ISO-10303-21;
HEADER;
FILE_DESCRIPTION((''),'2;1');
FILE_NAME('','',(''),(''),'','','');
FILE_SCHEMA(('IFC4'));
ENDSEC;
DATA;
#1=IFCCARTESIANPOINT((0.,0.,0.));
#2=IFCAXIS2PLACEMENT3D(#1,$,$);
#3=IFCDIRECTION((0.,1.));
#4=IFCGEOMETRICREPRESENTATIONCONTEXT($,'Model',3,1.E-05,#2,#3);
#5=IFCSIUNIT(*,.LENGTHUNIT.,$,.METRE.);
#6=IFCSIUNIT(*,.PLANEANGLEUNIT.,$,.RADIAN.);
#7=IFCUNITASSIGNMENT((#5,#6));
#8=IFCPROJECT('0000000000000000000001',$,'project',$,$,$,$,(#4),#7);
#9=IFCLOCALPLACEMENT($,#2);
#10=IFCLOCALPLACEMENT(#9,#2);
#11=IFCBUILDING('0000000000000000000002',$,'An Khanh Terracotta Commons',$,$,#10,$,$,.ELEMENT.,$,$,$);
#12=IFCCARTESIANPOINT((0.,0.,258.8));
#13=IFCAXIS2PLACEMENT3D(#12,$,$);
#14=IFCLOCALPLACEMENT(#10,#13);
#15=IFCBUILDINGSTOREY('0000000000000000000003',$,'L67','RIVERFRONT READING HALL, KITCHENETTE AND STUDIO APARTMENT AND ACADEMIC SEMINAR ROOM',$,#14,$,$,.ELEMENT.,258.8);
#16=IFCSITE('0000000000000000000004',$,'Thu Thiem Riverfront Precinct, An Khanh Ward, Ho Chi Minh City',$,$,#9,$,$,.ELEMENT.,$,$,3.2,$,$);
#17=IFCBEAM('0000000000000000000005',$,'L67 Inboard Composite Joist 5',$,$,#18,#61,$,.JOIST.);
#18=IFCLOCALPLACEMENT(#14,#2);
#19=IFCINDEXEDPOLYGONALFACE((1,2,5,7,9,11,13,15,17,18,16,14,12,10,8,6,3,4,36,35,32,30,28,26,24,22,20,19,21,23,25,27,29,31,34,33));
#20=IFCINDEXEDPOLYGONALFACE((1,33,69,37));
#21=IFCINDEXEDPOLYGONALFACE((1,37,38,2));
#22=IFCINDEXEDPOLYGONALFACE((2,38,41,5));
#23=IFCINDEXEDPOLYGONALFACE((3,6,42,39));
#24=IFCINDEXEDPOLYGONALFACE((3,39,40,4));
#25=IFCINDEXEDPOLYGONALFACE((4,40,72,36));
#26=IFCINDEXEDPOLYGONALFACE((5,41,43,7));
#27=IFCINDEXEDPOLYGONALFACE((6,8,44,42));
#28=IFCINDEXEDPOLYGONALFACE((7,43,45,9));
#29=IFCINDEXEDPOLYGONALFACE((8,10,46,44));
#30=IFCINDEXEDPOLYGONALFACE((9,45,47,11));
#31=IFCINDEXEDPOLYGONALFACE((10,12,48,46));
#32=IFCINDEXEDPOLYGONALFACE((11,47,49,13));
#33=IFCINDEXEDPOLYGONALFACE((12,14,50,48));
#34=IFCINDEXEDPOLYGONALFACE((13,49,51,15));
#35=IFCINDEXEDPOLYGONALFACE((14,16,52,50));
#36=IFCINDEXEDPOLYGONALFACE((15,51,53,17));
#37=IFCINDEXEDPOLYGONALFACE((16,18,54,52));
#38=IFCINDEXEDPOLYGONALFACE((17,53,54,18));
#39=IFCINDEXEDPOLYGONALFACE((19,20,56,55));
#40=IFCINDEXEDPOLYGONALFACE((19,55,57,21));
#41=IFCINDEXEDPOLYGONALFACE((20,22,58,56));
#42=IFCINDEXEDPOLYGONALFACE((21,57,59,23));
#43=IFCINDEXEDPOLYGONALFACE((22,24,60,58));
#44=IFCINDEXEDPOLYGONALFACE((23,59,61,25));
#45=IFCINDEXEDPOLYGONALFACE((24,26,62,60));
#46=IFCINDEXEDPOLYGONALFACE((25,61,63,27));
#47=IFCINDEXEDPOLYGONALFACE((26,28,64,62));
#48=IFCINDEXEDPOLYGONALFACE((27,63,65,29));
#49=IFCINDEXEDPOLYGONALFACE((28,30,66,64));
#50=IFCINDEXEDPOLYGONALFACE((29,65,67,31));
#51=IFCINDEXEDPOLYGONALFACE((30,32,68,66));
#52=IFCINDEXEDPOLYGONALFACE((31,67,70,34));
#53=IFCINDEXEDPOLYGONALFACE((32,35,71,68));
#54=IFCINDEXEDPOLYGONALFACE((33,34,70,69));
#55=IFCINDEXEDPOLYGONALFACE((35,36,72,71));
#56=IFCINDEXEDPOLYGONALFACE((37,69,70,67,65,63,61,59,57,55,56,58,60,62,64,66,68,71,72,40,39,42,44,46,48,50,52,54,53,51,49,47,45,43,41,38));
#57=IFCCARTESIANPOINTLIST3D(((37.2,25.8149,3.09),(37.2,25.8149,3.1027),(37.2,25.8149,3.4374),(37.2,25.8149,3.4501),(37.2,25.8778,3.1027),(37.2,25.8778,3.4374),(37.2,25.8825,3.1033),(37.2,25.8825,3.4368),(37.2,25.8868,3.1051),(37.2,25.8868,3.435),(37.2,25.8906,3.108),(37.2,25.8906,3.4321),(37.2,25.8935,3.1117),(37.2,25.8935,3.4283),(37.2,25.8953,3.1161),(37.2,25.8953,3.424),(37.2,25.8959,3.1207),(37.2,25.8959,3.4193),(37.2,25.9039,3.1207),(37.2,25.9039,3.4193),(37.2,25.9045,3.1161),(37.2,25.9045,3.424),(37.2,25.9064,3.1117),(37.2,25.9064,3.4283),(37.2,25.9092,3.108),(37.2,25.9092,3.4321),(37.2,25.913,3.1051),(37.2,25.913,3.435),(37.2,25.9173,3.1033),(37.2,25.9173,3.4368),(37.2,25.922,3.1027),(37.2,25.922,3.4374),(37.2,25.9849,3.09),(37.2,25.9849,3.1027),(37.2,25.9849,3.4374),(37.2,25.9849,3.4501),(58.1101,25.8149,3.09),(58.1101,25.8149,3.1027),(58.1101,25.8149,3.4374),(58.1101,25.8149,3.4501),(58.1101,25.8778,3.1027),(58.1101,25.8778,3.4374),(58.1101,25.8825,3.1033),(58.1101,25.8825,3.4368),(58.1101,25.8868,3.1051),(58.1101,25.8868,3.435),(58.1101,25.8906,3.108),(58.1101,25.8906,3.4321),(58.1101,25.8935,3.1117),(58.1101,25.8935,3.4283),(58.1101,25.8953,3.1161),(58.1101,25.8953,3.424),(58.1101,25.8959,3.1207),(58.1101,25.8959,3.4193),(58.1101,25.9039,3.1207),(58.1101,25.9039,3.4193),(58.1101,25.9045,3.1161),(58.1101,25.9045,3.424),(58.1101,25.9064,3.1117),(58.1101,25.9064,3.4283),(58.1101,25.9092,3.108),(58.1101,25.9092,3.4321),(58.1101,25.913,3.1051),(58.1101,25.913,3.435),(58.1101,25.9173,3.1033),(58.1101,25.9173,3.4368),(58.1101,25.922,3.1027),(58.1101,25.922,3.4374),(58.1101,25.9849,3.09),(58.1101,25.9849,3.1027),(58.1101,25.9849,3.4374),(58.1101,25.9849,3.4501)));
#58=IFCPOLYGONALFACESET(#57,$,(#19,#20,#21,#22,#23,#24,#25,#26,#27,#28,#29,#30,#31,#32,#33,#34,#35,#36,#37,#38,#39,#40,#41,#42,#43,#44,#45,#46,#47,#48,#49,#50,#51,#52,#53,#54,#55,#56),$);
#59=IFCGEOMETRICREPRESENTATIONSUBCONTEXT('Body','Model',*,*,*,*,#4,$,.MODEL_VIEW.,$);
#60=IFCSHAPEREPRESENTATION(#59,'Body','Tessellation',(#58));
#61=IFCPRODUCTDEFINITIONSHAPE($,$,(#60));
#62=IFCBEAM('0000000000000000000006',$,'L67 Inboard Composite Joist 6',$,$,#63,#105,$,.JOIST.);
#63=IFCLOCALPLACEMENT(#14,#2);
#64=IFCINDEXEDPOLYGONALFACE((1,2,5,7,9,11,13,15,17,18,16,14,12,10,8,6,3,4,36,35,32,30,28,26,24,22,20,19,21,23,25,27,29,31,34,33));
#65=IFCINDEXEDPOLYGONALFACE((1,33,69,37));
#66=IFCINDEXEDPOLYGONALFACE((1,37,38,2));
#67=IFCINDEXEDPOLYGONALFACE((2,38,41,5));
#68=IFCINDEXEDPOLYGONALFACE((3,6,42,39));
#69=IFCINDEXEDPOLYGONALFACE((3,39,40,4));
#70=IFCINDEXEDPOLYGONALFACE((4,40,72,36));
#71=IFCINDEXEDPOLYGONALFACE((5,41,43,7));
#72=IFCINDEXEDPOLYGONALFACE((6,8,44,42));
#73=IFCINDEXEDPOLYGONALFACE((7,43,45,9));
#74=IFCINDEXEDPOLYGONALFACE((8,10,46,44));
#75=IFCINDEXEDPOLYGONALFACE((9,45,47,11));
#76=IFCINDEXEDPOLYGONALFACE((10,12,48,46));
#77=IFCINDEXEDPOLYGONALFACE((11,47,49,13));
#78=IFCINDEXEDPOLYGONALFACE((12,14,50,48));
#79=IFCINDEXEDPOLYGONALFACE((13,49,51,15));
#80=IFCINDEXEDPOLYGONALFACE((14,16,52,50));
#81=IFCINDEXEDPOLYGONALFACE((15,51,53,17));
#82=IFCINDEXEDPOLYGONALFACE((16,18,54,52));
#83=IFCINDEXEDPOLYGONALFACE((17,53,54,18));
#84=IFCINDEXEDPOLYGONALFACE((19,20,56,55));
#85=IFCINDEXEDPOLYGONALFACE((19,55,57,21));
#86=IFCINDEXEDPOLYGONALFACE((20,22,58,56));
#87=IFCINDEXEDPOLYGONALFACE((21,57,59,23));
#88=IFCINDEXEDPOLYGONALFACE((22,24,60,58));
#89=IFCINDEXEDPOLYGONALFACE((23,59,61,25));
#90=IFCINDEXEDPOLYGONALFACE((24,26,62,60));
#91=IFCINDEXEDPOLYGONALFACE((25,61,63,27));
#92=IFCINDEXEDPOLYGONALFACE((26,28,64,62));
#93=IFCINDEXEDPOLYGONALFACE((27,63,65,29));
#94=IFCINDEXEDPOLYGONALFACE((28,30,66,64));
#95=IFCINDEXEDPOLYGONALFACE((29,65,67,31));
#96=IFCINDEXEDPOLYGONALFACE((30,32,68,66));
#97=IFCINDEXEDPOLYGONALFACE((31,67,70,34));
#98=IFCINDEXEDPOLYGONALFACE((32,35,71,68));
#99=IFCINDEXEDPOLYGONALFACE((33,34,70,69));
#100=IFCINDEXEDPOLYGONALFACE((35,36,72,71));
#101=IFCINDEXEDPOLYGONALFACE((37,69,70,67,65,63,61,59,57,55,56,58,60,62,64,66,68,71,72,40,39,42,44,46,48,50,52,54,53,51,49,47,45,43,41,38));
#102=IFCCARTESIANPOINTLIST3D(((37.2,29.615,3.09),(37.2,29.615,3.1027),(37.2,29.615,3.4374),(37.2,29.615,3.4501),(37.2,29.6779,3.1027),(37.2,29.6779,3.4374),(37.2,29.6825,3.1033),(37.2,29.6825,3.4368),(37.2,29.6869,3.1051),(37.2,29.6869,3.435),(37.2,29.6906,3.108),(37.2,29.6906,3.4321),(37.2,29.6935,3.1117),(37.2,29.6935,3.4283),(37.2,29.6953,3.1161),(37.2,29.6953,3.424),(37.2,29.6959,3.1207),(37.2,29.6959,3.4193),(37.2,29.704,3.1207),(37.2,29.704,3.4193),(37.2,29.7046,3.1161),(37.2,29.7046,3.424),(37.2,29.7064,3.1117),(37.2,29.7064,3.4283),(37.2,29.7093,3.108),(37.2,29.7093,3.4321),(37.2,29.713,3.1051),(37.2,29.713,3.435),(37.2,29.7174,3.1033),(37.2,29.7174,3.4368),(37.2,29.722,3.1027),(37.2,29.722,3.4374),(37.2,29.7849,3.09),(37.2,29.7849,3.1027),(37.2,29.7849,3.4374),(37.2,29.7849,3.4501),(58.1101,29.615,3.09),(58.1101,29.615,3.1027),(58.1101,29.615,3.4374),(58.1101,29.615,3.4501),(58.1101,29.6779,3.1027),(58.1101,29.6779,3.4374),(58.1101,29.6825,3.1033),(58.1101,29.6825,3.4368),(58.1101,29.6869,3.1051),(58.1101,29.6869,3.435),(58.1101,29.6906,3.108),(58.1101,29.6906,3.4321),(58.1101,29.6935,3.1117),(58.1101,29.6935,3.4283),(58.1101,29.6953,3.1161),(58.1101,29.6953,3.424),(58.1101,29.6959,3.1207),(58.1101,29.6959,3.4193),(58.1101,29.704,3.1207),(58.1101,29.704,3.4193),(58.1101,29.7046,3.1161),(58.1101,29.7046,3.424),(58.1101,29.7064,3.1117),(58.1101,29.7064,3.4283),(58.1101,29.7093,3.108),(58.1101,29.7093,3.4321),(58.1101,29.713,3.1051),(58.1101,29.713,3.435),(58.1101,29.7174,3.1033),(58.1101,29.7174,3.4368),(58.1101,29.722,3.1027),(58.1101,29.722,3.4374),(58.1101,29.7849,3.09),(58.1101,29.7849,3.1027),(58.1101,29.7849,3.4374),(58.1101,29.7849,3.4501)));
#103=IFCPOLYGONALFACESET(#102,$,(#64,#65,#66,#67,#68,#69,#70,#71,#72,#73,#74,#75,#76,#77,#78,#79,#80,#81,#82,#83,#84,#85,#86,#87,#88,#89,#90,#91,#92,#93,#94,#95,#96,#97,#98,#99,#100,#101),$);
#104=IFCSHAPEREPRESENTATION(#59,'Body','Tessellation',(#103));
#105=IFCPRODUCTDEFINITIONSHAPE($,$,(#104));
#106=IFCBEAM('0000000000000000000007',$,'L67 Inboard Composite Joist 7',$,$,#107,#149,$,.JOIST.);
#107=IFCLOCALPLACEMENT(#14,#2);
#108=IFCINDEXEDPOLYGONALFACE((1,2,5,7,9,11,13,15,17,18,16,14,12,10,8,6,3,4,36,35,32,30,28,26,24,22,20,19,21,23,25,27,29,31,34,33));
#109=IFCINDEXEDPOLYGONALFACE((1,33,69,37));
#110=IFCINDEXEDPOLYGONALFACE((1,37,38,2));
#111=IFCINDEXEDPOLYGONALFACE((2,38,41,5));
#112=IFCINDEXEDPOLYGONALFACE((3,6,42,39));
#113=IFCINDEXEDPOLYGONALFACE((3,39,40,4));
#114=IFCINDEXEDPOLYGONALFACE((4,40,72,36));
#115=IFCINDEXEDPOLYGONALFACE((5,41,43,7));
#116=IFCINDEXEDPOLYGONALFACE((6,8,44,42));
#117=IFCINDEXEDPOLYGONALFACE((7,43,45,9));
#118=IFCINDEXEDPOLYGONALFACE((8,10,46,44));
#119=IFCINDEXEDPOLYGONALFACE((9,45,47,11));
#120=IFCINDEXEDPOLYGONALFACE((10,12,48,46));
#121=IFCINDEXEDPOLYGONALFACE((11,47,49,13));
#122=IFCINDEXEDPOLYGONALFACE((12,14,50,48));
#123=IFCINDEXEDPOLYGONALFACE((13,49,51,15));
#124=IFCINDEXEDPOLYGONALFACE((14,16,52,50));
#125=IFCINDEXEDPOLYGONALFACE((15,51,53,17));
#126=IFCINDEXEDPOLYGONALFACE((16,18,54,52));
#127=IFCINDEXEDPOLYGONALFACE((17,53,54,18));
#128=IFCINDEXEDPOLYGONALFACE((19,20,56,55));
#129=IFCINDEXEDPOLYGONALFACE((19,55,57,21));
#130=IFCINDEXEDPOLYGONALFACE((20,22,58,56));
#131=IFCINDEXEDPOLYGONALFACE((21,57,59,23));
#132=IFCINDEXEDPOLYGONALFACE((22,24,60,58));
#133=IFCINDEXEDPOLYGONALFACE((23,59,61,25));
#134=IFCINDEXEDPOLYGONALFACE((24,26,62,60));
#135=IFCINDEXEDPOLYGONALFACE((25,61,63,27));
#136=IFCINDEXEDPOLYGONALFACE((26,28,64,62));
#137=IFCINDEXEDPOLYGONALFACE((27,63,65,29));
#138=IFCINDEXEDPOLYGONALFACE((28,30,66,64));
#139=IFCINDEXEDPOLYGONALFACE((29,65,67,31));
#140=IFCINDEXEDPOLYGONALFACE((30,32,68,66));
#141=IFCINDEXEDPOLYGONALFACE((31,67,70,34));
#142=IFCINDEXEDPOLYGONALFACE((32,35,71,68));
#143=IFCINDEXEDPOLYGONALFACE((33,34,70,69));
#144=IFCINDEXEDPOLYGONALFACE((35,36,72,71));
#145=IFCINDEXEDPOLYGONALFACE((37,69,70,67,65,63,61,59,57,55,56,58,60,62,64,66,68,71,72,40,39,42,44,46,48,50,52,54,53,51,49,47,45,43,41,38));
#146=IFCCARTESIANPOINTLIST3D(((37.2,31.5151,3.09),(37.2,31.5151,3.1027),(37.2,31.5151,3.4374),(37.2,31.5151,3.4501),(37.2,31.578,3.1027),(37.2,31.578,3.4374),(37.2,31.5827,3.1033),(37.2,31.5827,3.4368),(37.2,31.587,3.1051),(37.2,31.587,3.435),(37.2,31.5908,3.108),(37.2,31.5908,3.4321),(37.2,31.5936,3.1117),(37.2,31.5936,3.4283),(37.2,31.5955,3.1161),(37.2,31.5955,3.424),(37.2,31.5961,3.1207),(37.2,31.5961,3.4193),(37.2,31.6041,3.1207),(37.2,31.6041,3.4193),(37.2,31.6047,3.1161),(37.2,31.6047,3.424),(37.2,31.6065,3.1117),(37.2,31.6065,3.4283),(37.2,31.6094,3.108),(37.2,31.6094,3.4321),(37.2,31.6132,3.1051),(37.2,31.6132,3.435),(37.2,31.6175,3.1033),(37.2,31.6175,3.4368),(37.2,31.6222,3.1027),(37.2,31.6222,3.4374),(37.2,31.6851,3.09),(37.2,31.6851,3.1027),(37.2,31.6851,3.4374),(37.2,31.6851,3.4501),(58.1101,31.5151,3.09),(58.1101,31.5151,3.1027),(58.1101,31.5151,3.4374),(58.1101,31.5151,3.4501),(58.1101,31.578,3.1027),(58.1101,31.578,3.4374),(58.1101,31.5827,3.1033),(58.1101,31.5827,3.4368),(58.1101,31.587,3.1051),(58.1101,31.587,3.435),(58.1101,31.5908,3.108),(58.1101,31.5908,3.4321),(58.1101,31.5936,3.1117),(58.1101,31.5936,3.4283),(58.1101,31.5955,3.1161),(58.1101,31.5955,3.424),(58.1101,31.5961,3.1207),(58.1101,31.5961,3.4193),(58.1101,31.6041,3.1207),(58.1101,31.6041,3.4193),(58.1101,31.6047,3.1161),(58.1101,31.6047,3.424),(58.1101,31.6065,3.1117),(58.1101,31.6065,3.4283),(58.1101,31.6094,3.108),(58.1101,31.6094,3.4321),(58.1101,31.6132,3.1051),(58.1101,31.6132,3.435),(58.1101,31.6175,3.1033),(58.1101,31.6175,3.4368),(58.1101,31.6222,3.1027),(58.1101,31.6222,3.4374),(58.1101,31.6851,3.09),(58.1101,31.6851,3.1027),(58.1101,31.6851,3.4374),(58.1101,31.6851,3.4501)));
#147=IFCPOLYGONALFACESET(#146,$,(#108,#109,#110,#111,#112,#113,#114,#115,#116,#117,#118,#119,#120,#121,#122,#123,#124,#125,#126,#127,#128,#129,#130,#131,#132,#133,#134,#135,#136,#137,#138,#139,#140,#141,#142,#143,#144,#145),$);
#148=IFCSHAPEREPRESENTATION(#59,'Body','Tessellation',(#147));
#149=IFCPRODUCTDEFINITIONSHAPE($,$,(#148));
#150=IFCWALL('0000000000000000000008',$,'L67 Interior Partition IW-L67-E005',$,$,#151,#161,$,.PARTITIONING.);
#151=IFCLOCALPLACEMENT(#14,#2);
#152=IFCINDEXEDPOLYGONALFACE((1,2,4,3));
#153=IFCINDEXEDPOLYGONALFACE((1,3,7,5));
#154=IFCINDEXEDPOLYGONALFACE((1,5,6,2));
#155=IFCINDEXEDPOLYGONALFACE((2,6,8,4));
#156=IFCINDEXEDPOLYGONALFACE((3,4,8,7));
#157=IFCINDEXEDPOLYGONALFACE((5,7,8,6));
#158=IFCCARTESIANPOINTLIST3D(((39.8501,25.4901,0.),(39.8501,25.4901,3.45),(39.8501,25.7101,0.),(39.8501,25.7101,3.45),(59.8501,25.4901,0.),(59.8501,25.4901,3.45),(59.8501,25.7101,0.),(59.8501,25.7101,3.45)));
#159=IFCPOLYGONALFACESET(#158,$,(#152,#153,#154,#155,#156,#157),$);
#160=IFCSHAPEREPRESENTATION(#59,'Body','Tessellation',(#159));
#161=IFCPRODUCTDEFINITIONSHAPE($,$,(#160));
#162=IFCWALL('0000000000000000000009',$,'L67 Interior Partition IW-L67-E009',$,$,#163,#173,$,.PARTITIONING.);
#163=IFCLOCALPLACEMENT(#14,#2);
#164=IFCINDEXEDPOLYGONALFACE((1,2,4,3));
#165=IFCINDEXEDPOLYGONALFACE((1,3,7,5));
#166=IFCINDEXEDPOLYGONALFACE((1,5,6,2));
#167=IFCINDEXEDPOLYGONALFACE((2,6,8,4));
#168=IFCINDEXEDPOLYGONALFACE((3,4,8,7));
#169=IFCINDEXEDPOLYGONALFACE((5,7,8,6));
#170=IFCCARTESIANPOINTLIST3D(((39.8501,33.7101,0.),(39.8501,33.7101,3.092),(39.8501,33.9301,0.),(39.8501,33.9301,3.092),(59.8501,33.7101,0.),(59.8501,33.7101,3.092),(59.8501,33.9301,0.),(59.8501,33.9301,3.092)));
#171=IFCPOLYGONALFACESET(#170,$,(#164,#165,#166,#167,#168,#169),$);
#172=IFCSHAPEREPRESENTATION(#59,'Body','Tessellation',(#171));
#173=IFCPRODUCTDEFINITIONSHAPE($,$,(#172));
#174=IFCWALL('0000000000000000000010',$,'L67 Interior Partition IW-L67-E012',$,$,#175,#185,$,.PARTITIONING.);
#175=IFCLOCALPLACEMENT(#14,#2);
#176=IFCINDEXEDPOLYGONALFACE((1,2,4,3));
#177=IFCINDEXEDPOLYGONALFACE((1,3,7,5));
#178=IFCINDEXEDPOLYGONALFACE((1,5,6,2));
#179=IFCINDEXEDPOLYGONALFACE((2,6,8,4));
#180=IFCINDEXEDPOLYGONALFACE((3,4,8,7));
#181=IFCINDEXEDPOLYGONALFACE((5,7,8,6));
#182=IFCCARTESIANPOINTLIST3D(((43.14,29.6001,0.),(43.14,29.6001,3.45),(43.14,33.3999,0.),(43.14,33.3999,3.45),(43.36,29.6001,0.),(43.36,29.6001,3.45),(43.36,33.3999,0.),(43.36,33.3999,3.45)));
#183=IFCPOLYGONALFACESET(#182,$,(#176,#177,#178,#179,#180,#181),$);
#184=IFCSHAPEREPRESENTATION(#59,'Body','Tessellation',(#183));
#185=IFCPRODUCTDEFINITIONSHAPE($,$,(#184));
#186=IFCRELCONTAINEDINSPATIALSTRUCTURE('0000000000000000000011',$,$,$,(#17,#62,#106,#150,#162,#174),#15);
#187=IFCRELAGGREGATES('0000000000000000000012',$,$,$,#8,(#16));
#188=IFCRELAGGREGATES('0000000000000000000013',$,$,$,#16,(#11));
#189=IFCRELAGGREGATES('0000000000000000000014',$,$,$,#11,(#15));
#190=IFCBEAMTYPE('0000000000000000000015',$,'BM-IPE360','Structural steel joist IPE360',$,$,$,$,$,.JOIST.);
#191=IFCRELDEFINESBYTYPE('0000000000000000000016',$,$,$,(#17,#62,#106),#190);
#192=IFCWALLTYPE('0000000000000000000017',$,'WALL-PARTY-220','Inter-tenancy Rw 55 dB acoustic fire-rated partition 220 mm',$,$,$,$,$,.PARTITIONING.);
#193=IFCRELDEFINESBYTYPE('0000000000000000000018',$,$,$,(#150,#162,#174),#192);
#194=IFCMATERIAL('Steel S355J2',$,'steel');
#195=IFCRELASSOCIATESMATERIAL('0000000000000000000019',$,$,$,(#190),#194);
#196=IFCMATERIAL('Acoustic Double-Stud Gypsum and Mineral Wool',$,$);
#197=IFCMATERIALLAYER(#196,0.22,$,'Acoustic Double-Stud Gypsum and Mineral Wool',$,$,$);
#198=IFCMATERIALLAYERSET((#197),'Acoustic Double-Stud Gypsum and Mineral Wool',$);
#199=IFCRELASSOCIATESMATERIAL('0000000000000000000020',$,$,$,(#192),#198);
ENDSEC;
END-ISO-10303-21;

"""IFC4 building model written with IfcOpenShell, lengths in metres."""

from ifc_helpers import new_model, si_unit, direction, frame, frame_2d, origin, origin_2d, place, context, subcontext, project, spatial, rectangle, i_section, extrude, material, layer, layer_set, material_profile, profile_set, type_object, element, save


model = new_model("IFC4")

# Units and contexts
model_context = context("Model", 3, precision=1e-05, world=origin(), true_north=direction((0.0, 1.0)))
body_context = subcontext(model_context, "Body", "Model", "MODEL_VIEW")
ifc_project = project(units=[si_unit("LENGTHUNIT", "METRE"), si_unit("PLANEANGLEUNIT", "RADIAN")], contexts=[model_context])

# Site, building, storey
site_placement = place(None, origin())
site = spatial("IfcSite", under=ifc_project, at=site_placement, Name="Thu Thiem Riverfront Precinct, An Khanh Ward, Ho Chi Minh City", CompositionType="ELEMENT", RefElevation=3.2)
building_placement = place(site_placement, origin())
building = spatial("IfcBuilding", under=site, at=building_placement, Name="An Khanh Terracotta Commons", CompositionType="ELEMENT")
storey_placement = place(building_placement, frame((0.0, 0.0, 258.8)))
storey = spatial("IfcBuildingStorey", under=building, at=storey_placement, Name="L67", Description="RIVERFRONT READING HALL, KITCHENETTE AND STUDIO APARTMENT AND ACADEMIC SEMINAR ROOM", CompositionType="ELEMENT", Elevation=258.8)

# Beams
ifc_material_1 = material(Name="Steel S355J2", Category="steel")
ifc_material_profile_1 = material_profile(ifc_material_1, i_section(OverallWidth=0.1699, OverallDepth=0.3601, WebThickness=0.0081, FlangeThickness=0.0127, FilletRadius=0.0181, at=origin_2d()), Name="IPE360")
ifc_profile_set_1 = profile_set([ifc_material_profile_1], Name="Steel S355J2")
beam_type_1 = type_object("IfcBeamType", Name="BM-IPE360", Description="Structural steel joist IPE360", PredefinedType="JOIST", material=ifc_profile_set_1)
for number, where, z_axis, x_axis, name in (
    (1, (37.2, 25.8999, 3.27), (1.0, 0.0, 0.0), (0.0, 1.0, 0.0), "L67 Inboard Composite Joist 5"),
    (2, (37.2, 29.7, 3.27), (1.0, 0.0, 0.0), (0.0, 1.0, 0.0), "L67 Inboard Composite Joist 6"),
    (3, (37.2, 31.6001, 3.27), (1.0, 0.0, 0.0), (0.0, 1.0, 0.0), "L67 Inboard Composite Joist 7"),
):
    element("IfcBeam", number, at=place(storey_placement, frame(where, z_axis=z_axis, x_axis=x_axis)), inside=storey, type_object=beam_type_1, Name=name, PredefinedType="JOIST", context=body_context, shape_type="SweptSolid", body=[
        extrude(i_section(OverallWidth=0.1699, OverallDepth=0.3601, WebThickness=0.0081, FlangeThickness=0.0127, FilletRadius=0.0181, at=origin_2d()), origin(), (0.0, 0.0, 1.0), 20.9102),
    ])

# Walls
ifc_material_2 = material(Name="Acoustic Double-Stud Gypsum and Mineral Wool")
ifc_layer_1 = layer(ifc_material_2, 0.22, Name="Acoustic Double-Stud Gypsum and Mineral Wool")
ifc_layer_set_1 = layer_set([ifc_layer_1], Name="Acoustic Double-Stud Gypsum and Mineral Wool")
wall_type_1 = type_object("IfcWallType", Name="WALL-PARTY-220", Description="Inter-tenancy Rw 55 dB acoustic fire-rated partition 220 mm", PredefinedType="PARTITIONING", material=ifc_layer_set_1)
wall_1_placement = place(storey_placement, frame((39.8501, 25.6001, 0.0), z_axis=(0.0, 0.0, 1.0), x_axis=(1.0, 0.0, 0.0)))
element("IfcWall", 4, at=wall_1_placement, inside=storey, type_object=wall_type_1, Name="L67 Interior Partition IW-L67-E005", PredefinedType="PARTITIONING", context=body_context, shape_type="SweptSolid", body=[
    extrude(rectangle(XDim=20.0, YDim=0.22, at=frame_2d((10.0, 0.0))), origin(), (0.0, 0.0, 1.0), 3.45),
])
wall_2_placement = place(storey_placement, frame((39.8501, 33.8201, 0.0), z_axis=(0.0, 0.0, 1.0), x_axis=(1.0, 0.0, 0.0)))
element("IfcWall", 5, at=wall_2_placement, inside=storey, type_object=wall_type_1, Name="L67 Interior Partition IW-L67-E009", PredefinedType="PARTITIONING", context=body_context, shape_type="SweptSolid", body=[
    extrude(rectangle(XDim=20.0, YDim=0.22, at=frame_2d((10.0, 0.0))), origin(), (0.0, 0.0, 1.0), 3.092),
])
wall_3_placement = place(storey_placement, frame((43.25, 29.6001, 0.0), z_axis=(0.0, 0.0, 1.0), x_axis=(0.0, 1.0, 0.0)))
element("IfcWall", 6, at=wall_3_placement, inside=storey, type_object=wall_type_1, Name="L67 Interior Partition IW-L67-E012", PredefinedType="PARTITIONING", context=body_context, shape_type="SweptSolid", body=[
    extrude(rectangle(XDim=3.7998, YDim=0.22, at=frame_2d((1.8999, 0.0))), origin(), (0.0, 0.0, 1.0), 3.45),
])

save(model, "model.ifc")
